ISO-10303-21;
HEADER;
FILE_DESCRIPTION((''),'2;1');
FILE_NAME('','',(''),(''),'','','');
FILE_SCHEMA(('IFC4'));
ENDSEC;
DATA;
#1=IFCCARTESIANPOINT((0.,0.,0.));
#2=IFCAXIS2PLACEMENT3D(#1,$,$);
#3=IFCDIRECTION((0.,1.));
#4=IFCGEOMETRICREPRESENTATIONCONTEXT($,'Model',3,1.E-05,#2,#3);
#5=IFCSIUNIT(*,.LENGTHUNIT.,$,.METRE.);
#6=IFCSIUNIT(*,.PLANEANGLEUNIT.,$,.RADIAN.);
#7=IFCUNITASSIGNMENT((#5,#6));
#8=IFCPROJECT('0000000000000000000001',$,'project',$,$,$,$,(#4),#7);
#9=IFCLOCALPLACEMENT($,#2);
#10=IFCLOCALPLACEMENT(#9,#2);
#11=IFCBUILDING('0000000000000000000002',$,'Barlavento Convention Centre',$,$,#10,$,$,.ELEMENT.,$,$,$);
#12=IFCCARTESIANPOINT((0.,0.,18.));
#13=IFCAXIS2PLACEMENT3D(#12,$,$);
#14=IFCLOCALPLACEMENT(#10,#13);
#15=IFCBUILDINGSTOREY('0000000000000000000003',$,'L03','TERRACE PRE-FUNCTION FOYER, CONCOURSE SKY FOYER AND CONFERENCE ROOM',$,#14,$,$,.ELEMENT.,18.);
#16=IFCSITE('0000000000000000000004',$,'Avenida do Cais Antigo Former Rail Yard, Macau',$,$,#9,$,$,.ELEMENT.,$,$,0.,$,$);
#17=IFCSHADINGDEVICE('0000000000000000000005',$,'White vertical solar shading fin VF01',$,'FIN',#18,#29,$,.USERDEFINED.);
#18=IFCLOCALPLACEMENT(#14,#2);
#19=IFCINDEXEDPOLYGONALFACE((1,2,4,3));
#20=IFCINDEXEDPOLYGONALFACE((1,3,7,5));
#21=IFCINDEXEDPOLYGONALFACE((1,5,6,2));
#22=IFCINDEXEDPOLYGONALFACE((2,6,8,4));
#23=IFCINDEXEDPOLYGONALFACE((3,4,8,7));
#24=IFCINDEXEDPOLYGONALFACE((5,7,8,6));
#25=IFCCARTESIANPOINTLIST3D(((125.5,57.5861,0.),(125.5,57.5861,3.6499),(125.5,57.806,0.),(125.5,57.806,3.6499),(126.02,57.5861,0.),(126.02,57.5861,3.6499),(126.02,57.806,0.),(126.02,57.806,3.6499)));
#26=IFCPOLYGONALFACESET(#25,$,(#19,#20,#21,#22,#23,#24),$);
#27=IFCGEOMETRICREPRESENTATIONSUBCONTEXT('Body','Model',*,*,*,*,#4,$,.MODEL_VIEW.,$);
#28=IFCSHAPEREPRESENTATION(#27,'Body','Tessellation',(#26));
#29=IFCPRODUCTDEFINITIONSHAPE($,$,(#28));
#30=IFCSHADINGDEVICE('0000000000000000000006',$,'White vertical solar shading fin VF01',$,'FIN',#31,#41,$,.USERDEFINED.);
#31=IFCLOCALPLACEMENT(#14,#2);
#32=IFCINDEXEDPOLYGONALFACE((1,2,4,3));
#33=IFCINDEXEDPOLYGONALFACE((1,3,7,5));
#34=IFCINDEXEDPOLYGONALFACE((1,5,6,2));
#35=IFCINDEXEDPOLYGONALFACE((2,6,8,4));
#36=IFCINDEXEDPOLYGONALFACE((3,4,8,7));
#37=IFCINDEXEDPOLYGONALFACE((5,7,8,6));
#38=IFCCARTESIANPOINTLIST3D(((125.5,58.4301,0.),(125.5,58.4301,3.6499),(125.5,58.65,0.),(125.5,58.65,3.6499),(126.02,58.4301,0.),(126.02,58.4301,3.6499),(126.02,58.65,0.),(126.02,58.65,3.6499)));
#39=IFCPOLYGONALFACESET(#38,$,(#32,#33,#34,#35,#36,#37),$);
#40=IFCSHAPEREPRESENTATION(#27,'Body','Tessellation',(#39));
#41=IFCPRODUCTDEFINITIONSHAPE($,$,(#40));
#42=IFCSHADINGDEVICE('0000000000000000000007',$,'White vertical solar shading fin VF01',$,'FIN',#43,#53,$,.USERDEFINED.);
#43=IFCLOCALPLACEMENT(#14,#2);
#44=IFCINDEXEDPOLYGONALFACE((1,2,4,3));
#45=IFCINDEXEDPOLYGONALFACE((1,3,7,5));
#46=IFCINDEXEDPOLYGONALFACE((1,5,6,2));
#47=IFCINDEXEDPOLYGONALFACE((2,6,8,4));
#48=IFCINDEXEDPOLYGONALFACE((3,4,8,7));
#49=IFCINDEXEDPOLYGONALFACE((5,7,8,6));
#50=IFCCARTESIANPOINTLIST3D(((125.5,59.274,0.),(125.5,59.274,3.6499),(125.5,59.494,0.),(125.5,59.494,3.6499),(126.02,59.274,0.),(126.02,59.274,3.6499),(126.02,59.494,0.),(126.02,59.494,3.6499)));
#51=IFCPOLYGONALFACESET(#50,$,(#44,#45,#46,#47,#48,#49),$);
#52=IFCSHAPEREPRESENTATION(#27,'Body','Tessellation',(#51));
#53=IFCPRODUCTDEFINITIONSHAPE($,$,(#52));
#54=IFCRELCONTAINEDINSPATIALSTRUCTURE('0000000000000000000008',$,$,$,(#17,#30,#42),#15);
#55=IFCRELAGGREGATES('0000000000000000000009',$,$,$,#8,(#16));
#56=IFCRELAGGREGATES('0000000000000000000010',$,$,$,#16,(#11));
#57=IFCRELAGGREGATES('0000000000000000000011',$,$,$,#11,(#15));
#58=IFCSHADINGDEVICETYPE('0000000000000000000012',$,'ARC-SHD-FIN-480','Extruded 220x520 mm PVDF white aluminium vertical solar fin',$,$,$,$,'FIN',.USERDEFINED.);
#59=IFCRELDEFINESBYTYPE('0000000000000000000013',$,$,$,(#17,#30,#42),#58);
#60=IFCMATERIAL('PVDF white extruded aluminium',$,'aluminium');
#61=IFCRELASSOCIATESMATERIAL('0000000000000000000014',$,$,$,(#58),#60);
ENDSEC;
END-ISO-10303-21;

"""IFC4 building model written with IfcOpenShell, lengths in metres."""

from ifc_helpers import new_model, si_unit, direction, frame, origin, origin_2d, place, context, subcontext, project, spatial, rectangle, extrude, material, type_object, element, save


model = new_model("IFC4")

# Units and contexts
model_context = context("Model", 3, precision=1e-05, world=origin(), true_north=direction((0.0, 1.0)))
body_context = subcontext(model_context, "Body", "Model", "MODEL_VIEW")
ifc_project = project(units=[si_unit("LENGTHUNIT", "METRE"), si_unit("PLANEANGLEUNIT", "RADIAN")], contexts=[model_context])

# Site, building, storey
site_placement = place(None, origin())
site = spatial("IfcSite", under=ifc_project, at=site_placement, Name="Avenida do Cais Antigo Former Rail Yard, Macau", CompositionType="ELEMENT", RefElevation=0.0)
building_placement = place(site_placement, origin())
building = spatial("IfcBuilding", under=site, at=building_placement, Name="Barlavento Convention Centre", CompositionType="ELEMENT")
storey_placement = place(building_placement, frame((0.0, 0.0, 18.0)))
storey = spatial("IfcBuildingStorey", under=building, at=storey_placement, Name="L03", Description="TERRACE PRE-FUNCTION FOYER, CONCOURSE SKY FOYER AND CONFERENCE ROOM", CompositionType="ELEMENT", Elevation=18.0)

# Shading devices
ifc_material_1 = material(Name="PVDF white extruded aluminium", Category="aluminium")
shading_device_type = type_object("IfcShadingDeviceType", Name="ARC-SHD-FIN-480", Description="Extruded 220x520 mm PVDF white aluminium vertical solar fin", ElementType="FIN", PredefinedType="USERDEFINED", material=ifc_material_1)
for number, where, z_axis, x_axis, name in (
    (1, (125.76, 57.696, 0.0), (0.0, 0.0, 1.0), (0.0, 1.0, 0.0), "White vertical solar shading fin VF01"),
    (2, (125.76, 58.54, 0.0), (0.0, 0.0, 1.0), (0.0, 1.0, 0.0), "White vertical solar shading fin VF01"),
    (3, (125.76, 59.384, 0.0), (0.0, 0.0, 1.0), (0.0, 1.0, 0.0), "White vertical solar shading fin VF01"),
):
    element("IfcShadingDevice", number, at=place(storey_placement, frame(where, z_axis=z_axis, x_axis=x_axis)), inside=storey, type_object=shading_device_type, Name=name, ObjectType="FIN", PredefinedType="USERDEFINED", context=body_context, shape_type="SweptSolid", body=[
        extrude(rectangle(XDim=0.22, YDim=0.52, at=origin_2d()), origin(), (0.0, 0.0, 1.0), 3.6499),
    ])

save(model, "model.ifc")
